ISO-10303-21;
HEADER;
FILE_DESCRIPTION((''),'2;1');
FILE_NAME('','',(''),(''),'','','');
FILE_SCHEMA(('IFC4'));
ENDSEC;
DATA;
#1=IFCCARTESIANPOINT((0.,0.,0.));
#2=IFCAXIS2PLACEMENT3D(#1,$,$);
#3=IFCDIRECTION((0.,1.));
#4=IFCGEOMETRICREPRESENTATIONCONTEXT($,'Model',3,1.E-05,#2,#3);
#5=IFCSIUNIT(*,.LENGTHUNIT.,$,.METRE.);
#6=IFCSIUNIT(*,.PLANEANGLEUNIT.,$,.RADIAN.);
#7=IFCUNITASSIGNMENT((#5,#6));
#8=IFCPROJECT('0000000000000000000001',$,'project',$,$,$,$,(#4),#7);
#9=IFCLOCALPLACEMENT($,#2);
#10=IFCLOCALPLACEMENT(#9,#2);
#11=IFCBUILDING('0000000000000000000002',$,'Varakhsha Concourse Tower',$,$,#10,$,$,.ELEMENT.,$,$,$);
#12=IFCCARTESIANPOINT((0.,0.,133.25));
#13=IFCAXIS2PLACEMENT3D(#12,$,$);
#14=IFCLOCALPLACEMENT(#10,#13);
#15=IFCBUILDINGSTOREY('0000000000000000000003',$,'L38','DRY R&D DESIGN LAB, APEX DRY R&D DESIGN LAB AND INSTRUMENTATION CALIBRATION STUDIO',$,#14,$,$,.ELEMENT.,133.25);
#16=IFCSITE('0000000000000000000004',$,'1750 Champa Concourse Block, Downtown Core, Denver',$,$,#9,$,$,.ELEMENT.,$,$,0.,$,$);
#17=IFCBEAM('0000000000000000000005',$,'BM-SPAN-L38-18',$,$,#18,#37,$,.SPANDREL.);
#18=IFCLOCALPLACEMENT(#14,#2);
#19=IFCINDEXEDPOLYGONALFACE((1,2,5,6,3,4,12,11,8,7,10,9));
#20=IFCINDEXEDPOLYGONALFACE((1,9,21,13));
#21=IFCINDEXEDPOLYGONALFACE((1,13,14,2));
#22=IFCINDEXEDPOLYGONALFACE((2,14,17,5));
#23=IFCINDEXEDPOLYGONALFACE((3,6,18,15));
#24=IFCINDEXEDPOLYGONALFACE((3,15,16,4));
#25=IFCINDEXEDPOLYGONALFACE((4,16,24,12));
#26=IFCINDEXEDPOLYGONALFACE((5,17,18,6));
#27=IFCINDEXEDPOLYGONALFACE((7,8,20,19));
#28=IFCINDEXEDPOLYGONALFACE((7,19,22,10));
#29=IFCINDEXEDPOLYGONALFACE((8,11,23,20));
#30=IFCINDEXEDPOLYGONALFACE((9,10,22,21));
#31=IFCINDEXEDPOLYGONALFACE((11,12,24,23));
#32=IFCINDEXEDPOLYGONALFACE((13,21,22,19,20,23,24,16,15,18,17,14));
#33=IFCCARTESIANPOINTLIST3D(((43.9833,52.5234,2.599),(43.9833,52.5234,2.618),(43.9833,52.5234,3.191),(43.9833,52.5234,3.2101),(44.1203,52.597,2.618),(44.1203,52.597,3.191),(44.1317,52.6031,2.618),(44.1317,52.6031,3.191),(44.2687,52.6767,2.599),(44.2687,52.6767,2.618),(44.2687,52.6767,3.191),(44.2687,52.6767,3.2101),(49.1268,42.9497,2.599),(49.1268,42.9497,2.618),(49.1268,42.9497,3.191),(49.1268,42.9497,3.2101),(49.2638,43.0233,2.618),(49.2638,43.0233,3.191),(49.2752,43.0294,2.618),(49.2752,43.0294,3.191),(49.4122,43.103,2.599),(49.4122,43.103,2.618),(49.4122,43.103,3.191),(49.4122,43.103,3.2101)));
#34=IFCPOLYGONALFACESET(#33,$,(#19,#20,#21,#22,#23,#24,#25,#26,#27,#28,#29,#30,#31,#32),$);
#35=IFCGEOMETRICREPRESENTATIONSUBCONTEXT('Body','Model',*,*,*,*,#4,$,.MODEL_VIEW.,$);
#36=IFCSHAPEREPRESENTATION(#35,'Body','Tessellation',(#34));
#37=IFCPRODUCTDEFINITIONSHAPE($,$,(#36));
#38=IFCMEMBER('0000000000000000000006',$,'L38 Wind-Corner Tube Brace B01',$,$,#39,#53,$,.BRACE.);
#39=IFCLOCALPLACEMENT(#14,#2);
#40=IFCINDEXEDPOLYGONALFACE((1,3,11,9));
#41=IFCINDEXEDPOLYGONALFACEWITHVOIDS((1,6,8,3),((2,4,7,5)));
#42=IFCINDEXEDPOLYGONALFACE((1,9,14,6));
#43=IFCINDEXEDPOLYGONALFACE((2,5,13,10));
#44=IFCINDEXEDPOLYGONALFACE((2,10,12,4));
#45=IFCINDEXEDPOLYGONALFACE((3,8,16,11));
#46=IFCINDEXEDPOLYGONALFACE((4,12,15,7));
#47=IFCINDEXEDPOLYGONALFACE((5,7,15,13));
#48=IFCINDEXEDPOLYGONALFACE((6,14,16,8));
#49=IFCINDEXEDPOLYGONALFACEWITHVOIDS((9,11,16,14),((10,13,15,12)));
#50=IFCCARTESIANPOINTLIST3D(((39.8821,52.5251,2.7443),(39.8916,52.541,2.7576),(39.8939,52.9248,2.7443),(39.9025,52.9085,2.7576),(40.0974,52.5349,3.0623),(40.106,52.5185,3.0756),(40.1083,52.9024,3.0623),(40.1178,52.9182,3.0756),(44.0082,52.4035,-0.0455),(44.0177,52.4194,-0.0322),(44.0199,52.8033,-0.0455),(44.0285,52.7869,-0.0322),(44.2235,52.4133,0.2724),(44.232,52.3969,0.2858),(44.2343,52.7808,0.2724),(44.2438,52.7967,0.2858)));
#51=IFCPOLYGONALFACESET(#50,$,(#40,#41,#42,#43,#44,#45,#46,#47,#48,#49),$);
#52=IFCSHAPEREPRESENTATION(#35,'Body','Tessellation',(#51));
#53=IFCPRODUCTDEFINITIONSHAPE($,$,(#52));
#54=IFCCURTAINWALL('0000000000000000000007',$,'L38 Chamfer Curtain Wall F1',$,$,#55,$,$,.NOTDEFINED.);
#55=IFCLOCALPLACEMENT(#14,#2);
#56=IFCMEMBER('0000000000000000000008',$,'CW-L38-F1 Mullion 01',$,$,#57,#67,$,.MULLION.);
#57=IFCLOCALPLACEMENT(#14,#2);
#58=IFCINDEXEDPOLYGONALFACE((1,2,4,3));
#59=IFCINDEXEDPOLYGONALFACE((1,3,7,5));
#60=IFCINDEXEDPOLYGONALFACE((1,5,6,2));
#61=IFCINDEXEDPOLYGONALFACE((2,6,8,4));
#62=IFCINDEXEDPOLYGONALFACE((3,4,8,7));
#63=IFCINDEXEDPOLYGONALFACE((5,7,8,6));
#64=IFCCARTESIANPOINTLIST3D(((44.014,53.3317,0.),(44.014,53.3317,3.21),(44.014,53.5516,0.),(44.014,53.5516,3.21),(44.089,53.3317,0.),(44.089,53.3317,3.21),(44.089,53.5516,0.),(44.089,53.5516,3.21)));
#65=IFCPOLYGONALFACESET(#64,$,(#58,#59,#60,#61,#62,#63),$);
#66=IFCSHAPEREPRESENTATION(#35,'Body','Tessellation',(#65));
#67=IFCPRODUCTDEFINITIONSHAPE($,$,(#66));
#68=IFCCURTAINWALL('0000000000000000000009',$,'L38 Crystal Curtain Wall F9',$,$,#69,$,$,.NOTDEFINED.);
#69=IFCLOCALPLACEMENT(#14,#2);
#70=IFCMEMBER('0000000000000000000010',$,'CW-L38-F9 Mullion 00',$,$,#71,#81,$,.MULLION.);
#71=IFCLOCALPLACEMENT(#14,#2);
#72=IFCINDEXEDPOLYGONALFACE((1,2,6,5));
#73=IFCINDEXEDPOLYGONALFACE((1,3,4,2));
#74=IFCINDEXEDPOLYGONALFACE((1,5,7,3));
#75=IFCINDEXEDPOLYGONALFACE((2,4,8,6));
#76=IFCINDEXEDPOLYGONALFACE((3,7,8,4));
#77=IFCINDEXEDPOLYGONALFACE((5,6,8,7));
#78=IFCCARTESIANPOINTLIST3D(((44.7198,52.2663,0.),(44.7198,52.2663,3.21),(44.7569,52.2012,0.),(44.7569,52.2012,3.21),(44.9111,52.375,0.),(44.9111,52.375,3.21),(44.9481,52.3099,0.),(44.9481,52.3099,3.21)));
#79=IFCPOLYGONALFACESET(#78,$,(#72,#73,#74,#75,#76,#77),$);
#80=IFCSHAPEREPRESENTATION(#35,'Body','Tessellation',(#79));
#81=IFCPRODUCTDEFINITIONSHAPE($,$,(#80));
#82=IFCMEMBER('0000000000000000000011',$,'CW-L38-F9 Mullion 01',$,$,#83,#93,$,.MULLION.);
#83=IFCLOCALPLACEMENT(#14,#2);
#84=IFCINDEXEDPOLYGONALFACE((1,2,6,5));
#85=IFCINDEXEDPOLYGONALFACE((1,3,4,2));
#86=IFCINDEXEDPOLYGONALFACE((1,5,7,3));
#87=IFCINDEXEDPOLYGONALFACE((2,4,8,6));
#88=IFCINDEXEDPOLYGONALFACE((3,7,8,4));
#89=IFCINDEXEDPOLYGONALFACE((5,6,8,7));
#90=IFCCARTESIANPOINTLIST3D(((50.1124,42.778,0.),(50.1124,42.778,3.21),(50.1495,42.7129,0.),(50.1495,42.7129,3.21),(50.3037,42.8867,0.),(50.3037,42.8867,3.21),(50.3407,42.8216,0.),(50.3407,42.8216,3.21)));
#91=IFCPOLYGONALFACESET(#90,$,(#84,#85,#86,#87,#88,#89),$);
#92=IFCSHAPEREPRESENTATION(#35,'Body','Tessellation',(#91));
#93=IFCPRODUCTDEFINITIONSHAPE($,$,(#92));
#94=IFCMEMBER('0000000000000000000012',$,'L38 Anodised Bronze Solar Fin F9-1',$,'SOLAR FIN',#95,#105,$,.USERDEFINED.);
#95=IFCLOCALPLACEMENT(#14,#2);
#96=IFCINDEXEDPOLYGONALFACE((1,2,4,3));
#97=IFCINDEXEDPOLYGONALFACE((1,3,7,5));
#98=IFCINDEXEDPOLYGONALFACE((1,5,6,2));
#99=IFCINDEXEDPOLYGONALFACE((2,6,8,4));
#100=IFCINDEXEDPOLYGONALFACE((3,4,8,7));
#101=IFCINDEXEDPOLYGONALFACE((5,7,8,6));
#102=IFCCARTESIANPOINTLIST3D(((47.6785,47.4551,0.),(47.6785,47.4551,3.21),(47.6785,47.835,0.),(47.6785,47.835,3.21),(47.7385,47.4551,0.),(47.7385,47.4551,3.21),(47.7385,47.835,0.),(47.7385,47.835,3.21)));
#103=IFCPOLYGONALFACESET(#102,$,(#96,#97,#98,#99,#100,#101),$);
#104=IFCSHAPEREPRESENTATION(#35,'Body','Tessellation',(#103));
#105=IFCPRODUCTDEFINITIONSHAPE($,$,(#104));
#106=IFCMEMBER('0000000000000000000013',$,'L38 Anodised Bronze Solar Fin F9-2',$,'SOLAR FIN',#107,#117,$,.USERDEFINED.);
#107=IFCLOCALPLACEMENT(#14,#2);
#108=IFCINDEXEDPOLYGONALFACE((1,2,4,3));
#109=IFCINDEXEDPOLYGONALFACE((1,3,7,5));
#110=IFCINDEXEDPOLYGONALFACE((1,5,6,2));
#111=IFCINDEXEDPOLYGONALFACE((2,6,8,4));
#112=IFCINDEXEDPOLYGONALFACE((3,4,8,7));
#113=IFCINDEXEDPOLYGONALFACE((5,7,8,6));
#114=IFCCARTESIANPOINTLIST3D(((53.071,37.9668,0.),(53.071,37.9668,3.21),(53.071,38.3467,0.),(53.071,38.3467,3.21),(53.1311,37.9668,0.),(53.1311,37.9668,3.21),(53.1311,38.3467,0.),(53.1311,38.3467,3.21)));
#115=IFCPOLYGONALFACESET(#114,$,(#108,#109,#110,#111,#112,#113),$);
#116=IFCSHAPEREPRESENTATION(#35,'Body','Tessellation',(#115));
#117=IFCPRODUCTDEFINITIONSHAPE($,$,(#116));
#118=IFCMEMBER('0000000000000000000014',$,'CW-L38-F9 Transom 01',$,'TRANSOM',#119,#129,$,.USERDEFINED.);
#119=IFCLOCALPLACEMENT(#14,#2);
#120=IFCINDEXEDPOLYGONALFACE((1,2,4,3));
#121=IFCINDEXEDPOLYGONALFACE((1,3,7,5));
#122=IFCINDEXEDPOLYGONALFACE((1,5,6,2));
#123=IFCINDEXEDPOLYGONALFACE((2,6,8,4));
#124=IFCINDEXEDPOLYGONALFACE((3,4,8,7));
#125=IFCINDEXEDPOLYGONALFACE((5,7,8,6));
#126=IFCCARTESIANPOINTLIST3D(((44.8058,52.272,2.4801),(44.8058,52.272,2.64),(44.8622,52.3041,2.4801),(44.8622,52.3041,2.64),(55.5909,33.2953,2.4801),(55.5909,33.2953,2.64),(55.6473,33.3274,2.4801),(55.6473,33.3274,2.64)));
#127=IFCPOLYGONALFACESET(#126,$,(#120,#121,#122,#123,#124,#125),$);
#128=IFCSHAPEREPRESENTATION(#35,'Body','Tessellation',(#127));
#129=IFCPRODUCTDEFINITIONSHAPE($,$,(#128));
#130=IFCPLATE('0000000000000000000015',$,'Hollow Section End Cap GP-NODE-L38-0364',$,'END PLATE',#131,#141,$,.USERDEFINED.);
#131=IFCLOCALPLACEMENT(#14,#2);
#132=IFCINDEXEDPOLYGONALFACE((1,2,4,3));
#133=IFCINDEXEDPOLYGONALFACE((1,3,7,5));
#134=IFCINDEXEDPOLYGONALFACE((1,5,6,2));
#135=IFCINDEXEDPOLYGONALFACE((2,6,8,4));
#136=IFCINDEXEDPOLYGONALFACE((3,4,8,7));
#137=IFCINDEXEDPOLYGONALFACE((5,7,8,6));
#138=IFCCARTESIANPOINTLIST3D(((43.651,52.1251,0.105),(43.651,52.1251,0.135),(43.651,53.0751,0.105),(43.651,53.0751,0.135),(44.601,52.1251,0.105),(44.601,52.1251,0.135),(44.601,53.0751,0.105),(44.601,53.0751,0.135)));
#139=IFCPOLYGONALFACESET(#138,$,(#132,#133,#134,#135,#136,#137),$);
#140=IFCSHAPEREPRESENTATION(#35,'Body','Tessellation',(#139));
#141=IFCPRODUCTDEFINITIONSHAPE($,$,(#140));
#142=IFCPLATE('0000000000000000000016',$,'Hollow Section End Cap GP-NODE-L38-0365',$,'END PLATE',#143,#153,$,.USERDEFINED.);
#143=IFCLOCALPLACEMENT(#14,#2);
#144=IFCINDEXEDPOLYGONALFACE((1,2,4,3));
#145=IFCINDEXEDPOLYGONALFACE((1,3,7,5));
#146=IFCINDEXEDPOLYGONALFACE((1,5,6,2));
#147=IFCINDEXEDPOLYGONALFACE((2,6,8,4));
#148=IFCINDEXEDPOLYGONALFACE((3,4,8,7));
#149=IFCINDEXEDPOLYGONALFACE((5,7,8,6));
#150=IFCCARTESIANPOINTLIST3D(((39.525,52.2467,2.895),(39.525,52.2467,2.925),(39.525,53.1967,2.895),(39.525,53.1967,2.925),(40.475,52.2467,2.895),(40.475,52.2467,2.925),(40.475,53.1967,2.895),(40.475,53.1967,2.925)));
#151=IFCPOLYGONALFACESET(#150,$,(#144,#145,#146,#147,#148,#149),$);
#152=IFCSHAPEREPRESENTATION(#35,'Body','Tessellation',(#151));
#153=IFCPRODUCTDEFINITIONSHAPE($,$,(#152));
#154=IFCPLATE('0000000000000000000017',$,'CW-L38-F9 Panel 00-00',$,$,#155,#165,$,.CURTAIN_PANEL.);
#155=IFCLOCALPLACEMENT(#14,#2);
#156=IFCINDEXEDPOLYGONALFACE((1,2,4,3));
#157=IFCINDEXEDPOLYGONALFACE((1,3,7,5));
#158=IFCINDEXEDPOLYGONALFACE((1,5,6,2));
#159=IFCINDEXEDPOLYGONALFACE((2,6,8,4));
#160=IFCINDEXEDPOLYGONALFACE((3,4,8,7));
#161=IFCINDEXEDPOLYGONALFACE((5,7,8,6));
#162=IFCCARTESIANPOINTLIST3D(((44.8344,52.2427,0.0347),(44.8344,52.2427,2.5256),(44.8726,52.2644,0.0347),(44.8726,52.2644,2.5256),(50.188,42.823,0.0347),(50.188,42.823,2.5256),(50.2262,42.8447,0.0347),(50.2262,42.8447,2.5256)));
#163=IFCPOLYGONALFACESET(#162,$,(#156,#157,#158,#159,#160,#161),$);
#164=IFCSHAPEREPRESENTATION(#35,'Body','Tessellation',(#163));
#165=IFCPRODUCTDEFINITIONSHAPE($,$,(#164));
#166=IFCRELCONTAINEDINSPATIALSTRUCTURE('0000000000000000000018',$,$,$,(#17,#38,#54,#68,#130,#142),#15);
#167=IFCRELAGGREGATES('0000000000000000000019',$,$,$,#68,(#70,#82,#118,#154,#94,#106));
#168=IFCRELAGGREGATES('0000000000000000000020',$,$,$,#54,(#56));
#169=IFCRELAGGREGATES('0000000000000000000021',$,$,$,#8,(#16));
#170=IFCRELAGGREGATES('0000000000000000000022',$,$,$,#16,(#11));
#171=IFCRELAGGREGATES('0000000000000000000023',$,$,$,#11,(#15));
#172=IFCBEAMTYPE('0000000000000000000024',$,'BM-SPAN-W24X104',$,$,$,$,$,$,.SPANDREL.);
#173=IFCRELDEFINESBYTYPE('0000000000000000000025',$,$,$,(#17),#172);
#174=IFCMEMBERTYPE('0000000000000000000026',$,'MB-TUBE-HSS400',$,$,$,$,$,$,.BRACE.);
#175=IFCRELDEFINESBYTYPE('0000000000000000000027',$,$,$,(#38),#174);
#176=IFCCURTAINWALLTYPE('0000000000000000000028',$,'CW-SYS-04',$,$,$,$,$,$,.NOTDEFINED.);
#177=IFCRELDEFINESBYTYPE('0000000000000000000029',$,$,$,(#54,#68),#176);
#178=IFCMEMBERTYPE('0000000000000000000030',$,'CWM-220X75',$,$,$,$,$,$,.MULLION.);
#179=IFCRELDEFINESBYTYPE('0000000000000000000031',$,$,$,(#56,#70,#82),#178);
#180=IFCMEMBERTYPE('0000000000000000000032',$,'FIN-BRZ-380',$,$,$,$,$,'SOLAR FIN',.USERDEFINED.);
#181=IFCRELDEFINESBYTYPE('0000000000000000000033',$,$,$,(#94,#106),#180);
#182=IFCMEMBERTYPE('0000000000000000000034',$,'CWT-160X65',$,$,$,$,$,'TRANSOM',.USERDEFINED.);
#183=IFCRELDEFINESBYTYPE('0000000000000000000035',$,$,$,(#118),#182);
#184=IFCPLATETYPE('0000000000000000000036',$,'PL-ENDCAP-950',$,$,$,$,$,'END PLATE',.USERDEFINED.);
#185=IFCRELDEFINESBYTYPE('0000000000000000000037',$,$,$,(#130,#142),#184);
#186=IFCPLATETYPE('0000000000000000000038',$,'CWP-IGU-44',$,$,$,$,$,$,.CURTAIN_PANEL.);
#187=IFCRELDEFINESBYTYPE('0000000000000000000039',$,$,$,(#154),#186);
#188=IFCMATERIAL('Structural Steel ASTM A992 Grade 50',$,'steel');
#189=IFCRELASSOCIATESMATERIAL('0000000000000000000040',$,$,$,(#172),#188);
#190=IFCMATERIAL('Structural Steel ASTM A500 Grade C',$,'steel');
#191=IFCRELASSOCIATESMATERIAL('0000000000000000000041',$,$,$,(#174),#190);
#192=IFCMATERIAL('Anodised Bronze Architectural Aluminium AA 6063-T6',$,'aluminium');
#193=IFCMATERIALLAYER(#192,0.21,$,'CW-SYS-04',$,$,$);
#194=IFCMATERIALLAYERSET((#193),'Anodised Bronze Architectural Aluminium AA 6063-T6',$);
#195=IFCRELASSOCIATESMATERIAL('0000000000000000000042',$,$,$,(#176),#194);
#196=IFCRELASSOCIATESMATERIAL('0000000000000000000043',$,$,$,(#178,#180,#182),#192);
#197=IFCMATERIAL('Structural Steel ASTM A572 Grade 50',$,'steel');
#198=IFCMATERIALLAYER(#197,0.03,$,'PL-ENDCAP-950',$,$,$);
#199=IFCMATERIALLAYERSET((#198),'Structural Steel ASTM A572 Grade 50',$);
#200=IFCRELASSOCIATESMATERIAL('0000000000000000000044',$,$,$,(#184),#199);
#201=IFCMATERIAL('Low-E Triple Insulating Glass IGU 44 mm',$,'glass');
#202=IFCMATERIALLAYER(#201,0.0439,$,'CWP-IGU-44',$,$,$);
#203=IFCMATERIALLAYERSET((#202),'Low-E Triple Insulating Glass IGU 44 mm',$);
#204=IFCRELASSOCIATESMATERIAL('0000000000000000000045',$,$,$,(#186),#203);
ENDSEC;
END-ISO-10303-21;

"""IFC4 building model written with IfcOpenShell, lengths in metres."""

from ifc_helpers import new_model, si_unit, direction, frame, origin, origin_2d, place, context, subcontext, project, spatial, rectangle, hollow_rectangle, i_section, extrude, source, transform, mapped, material, layer, layer_set, material_profile, profile_set, type_object, type_shapes, element, aggregate, save


model = new_model("IFC4")

# Units and contexts
model_context = context("Model", 3, precision=1e-05, world=origin(), true_north=direction((0.0, 1.0)))
body_context = subcontext(model_context, "Body", "Model", "MODEL_VIEW")
ifc_project = project(units=[si_unit("LENGTHUNIT", "METRE"), si_unit("PLANEANGLEUNIT", "RADIAN")], contexts=[model_context])

# Site, building, storey
site_placement = place(None, origin())
site = spatial("IfcSite", under=ifc_project, at=site_placement, Name="1750 Champa Concourse Block, Downtown Core, Denver", CompositionType="ELEMENT", RefElevation=0.0)
building_placement = place(site_placement, origin())
building = spatial("IfcBuilding", under=site, at=building_placement, Name="Varakhsha Concourse Tower", CompositionType="ELEMENT")
storey_placement = place(building_placement, frame((0.0, 0.0, 133.25)))
storey = spatial("IfcBuildingStorey", under=building, at=storey_placement, Name="L38", Description="DRY R&D DESIGN LAB, APEX DRY R&D DESIGN LAB AND INSTRUMENTATION CALIBRATION STUDIO", CompositionType="ELEMENT", Elevation=133.25)

# Shared definitions
ifc_material_1 = material(Name="Structural Steel ASTM A992 Grade 50", Category="steel")
ifc_material_2 = material(Name="Structural Steel ASTM A572 Grade 50", Category="steel")

# Beam
ifc_material_profile_1 = material_profile(ifc_material_1, i_section(OverallWidth=0.324, OverallDepth=0.6111, WebThickness=0.0129, FlangeThickness=0.019, at=origin_2d()), Name="W24X104")
ifc_profile_set_1 = profile_set([ifc_material_profile_1], Name="Structural Steel ASTM A992 Grade 50")
beam_type_1 = type_object("IfcBeamType", Name="BM-SPAN-W24X104", PredefinedType="SPANDREL", material=ifc_profile_set_1)
beam_1_placement = place(storey_placement, frame((49.2695, 43.0264, 2.9045), z_axis=(-0.473277, 0.880914, 0.0), x_axis=(-0.880914, -0.473277, 0.0)))
element("IfcBeam", 1, at=beam_1_placement, inside=storey, type_object=beam_type_1, Name="BM-SPAN-L38-18", PredefinedType="SPANDREL", context=body_context, shape_type="SweptSolid", body=[
    extrude(i_section(OverallWidth=0.324, OverallDepth=0.6111, WebThickness=0.0129, FlangeThickness=0.019, at=origin_2d()), origin(), (0.0, 0.0, 1.0), 10.8679),
])

# Member
ifc_material_3 = material(Name="Structural Steel ASTM A500 Grade C", Category="steel")
ifc_material_profile_2 = material_profile(ifc_material_3, hollow_rectangle(XDim=0.3999, YDim=0.3999, WallThickness=0.0161, at=origin_2d()), Name="HSS 400x400x16")
ifc_profile_set_2 = profile_set([ifc_material_profile_2], Name="Structural Steel ASTM A500 Grade C")
member_type_1 = type_object("IfcMemberType", Name="MB-TUBE-HSS400", PredefinedType="BRACE", material=ifc_profile_set_2)
shared_shape_1 = source(origin(), body_context, "Body", "SweptSolid", [
    extrude(hollow_rectangle(XDim=0.3999, YDim=0.3999, WallThickness=0.0161, at=origin_2d()), origin(), (0.0, 0.0, 1.0), 4.9822),
])
type_shapes(member_type_1, [shared_shape_1])
member_1_placement = place(storey_placement, frame((44.126, 52.6001, 0.1201), z_axis=(-0.828158, 0.024404, 0.559963), x_axis=(-0.029455, -0.999566, 0.0)))
element("IfcMember", 2, at=member_1_placement, inside=storey, type_object=member_type_1, Name="L38 Wind-Corner Tube Brace B01", PredefinedType="BRACE", context=body_context, shape_type="MappedRepresentation", body=[
    mapped(shared_shape_1, transform((0.0, 0.0, 0.0), scale=1.0)),
])

# Curtain wall, member
ifc_material_4 = material(Name="Anodised Bronze Architectural Aluminium AA 6063-T6", Category="aluminium")
ifc_layer_1 = layer(ifc_material_4, 0.21, Name="CW-SYS-04")
ifc_layer_set_1 = layer_set([ifc_layer_1], Name="Anodised Bronze Architectural Aluminium AA 6063-T6")
curtain_wall_type = type_object("IfcCurtainWallType", Name="CW-SYS-04", PredefinedType="NOTDEFINED", material=ifc_layer_set_1)
curtain_wall_1_placement = place(storey_placement, origin())
curtain_wall_1 = element("IfcCurtainWall", 3, at=curtain_wall_1_placement, inside=storey, type_object=curtain_wall_type, Name="L38 Chamfer Curtain Wall F1", PredefinedType="NOTDEFINED")
ifc_material_profile_3 = material_profile(ifc_material_4, rectangle(XDim=0.075, YDim=0.22, at=origin_2d()), Name="CWM-220X75")
ifc_profile_set_3 = profile_set([ifc_material_profile_3], Name="Anodised Bronze Architectural Aluminium AA 6063-T6")
member_type_2 = type_object("IfcMemberType", Name="CWM-220X75", PredefinedType="MULLION", material=ifc_profile_set_3)
shared_shape_2 = source(origin(), body_context, "Body", "SweptSolid", [
    extrude(rectangle(XDim=0.075, YDim=0.22, at=origin_2d()), origin(), (0.0, 0.0, 1.0), 3.21),
])
type_shapes(member_type_2, [shared_shape_2])
member_2_placement = place(storey_placement, frame((44.0515, 53.4417, 0.0), z_axis=(0.0, 0.0, 1.0), x_axis=(1.0, 0.0, 0.0)))
member_2 = element("IfcMember", 4, at=member_2_placement, type_object=member_type_2, Name="CW-L38-F1 Mullion 01", PredefinedType="MULLION", context=body_context, shape_type="MappedRepresentation", body=[
    mapped(shared_shape_2, transform((0.0, 0.0, 0.0), scale=1.0)),
])

# Curtain wall, members
curtain_wall_2_placement = place(storey_placement, origin())
curtain_wall_2 = element("IfcCurtainWall", 5, at=curtain_wall_2_placement, inside=storey, type_object=curtain_wall_type, Name="L38 Crystal Curtain Wall F9", PredefinedType="NOTDEFINED")
member_3_placement = place(storey_placement, frame((44.834, 52.2881, 0.0), z_axis=(0.0, 0.0, 1.0), x_axis=(0.494115, -0.869397, 0.0)))
member_3 = element("IfcMember", 6, at=member_3_placement, type_object=member_type_2, Name="CW-L38-F9 Mullion 00", PredefinedType="MULLION", context=body_context, shape_type="MappedRepresentation", body=[
    mapped(shared_shape_2, transform((0.0, 0.0, 0.0), scale=1.0)),
])
member_4_placement = place(storey_placement, frame((50.2266, 42.7998, 0.0), z_axis=(0.0, 0.0, 1.0), x_axis=(0.494115, -0.869397, 0.0)))
member_4 = element("IfcMember", 7, at=member_4_placement, type_object=member_type_2, Name="CW-L38-F9 Mullion 01", PredefinedType="MULLION", context=body_context, shape_type="MappedRepresentation", body=[
    mapped(shared_shape_2, transform((0.0, 0.0, 0.0), scale=1.0)),
])
ifc_material_profile_4 = material_profile(ifc_material_4, rectangle(XDim=0.0601, YDim=0.3799, at=origin_2d()), Name="FIN-BRZ-380")
ifc_profile_set_4 = profile_set([ifc_material_profile_4], Name="Anodised Bronze Architectural Aluminium AA 6063-T6")
member_type_3 = type_object("IfcMemberType", Name="FIN-BRZ-380", ElementType="SOLAR FIN", PredefinedType="USERDEFINED", material=ifc_profile_set_4)
shared_shape_3 = source(origin(), body_context, "Body", "SweptSolid", [
    extrude(rectangle(XDim=0.0601, YDim=0.3799, at=origin_2d()), origin(), (0.0, 0.0, 1.0), 3.21),
])
type_shapes(member_type_3, [shared_shape_3])
member_5_placement = place(storey_placement, frame((47.7085, 47.645, 0.0), z_axis=(0.0, 0.0, 1.0), x_axis=(1.0, 0.0, 0.0)))
member_5 = element("IfcMember", 8, at=member_5_placement, type_object=member_type_3, Name="L38 Anodised Bronze Solar Fin F9-1", ObjectType="SOLAR FIN", PredefinedType="USERDEFINED", context=body_context, shape_type="MappedRepresentation", body=[
    mapped(shared_shape_3, transform((0.0, 0.0, 0.0), scale=1.0)),
])
member_6_placement = place(storey_placement, frame((53.1011, 38.1567, 0.0), z_axis=(0.0, 0.0, 1.0), x_axis=(1.0, 0.0, 0.0)))
member_6 = element("IfcMember", 9, at=member_6_placement, type_object=member_type_3, Name="L38 Anodised Bronze Solar Fin F9-2", ObjectType="SOLAR FIN", PredefinedType="USERDEFINED", context=body_context, shape_type="MappedRepresentation", body=[
    mapped(shared_shape_3, transform((0.0, 0.0, 0.0), scale=1.0)),
])
ifc_material_profile_5 = material_profile(ifc_material_4, rectangle(XDim=0.0649, YDim=0.1599, at=origin_2d()), Name="CWT-160X65")
ifc_profile_set_5 = profile_set([ifc_material_profile_5], Name="Anodised Bronze Architectural Aluminium AA 6063-T6")
member_type_4 = type_object("IfcMemberType", Name="CWT-160X65", ElementType="TRANSOM", PredefinedType="USERDEFINED", material=ifc_profile_set_5)
shared_shape_4 = source(origin(), body_context, "Body", "SweptSolid", [
    extrude(rectangle(XDim=0.0649, YDim=0.1599, at=origin_2d()), origin(), (0.0, 0.0, 1.0), 21.8274),
])
type_shapes(member_type_4, [shared_shape_4])
member_7_placement = place(storey_placement, frame((44.834, 52.2881, 2.5601), z_axis=(0.494109, -0.8694, 0.0), x_axis=(0.8694, 0.494109, 0.0)))
member_7 = element("IfcMember", 10, at=member_7_placement, type_object=member_type_4, Name="CW-L38-F9 Transom 01", ObjectType="TRANSOM", PredefinedType="USERDEFINED", context=body_context, shape_type="MappedRepresentation", body=[
    mapped(shared_shape_4, transform((0.0, 0.0, 0.0), scale=1.0)),
])

# Plates
ifc_layer_2 = layer(ifc_material_2, 0.03, Name="PL-ENDCAP-950")
ifc_layer_set_2 = layer_set([ifc_layer_2], Name="Structural Steel ASTM A572 Grade 50")
plate_type_1 = type_object("IfcPlateType", Name="PL-ENDCAP-950", ElementType="END PLATE", PredefinedType="USERDEFINED", material=ifc_layer_set_2)
shared_shape_5 = source(origin(), body_context, "Body", "SweptSolid", [
    extrude(rectangle(XDim=0.95, YDim=0.95, at=origin_2d()), origin(), (0.0, 0.0, 1.0), 0.03),
])
type_shapes(plate_type_1, [shared_shape_5])
for number, where, z_axis, x_axis, name in (
    (11, (44.126, 52.6001, 0.105), (0.0, 0.0, 1.0), (1.0, 0.0, 0.0), "Hollow Section End Cap GP-NODE-L38-0364"),
    (12, (40.0, 52.7217, 2.895), (0.0, 0.0, 1.0), (1.0, 0.0, 0.0), "Hollow Section End Cap GP-NODE-L38-0365"),
):
    element("IfcPlate", number, at=place(storey_placement, frame(where, z_axis=z_axis, x_axis=x_axis)), inside=storey, type_object=plate_type_1, Name=name, ObjectType="END PLATE", PredefinedType="USERDEFINED", context=body_context, shape_type="MappedRepresentation", body=[
        mapped(shared_shape_5, transform((0.0, 0.0, 0.0), scale=1.0)),
    ])

# Plate
ifc_material_5 = material(Name="Low-E Triple Insulating Glass IGU 44 mm", Category="glass")
ifc_layer_3 = layer(ifc_material_5, 0.0439, Name="CWP-IGU-44")
ifc_layer_set_3 = layer_set([ifc_layer_3], Name="Low-E Triple Insulating Glass IGU 44 mm")
plate_type_2 = type_object("IfcPlateType", Name="CWP-IGU-44", PredefinedType="CURTAIN_PANEL", material=ifc_layer_set_3)
shared_shape_6 = source(origin(), body_context, "Body", "SweptSolid", [
    extrude(rectangle(XDim=10.8347, YDim=0.0439, at=origin_2d()), origin(), (0.0, 0.0, 1.0), 2.491),
])
type_shapes(plate_type_2, [shared_shape_6])
plate_1_placement = place(storey_placement, frame((47.5303, 47.5437, 0.0347), z_axis=(0.0, 0.0, 1.0), x_axis=(0.494115, -0.869397, 0.0)))
plate_1 = element("IfcPlate", 13, at=plate_1_placement, type_object=plate_type_2, Name="CW-L38-F9 Panel 00-00", PredefinedType="CURTAIN_PANEL", context=body_context, shape_type="MappedRepresentation", body=[
    mapped(shared_shape_6, transform((0.0, 0.0, 0.0), scale=1.0)),
])
aggregate(curtain_wall_2, [member_3, member_4, member_7, plate_1, member_5, member_6])
aggregate(curtain_wall_1, [member_2])

save(model, "model.ifc")
